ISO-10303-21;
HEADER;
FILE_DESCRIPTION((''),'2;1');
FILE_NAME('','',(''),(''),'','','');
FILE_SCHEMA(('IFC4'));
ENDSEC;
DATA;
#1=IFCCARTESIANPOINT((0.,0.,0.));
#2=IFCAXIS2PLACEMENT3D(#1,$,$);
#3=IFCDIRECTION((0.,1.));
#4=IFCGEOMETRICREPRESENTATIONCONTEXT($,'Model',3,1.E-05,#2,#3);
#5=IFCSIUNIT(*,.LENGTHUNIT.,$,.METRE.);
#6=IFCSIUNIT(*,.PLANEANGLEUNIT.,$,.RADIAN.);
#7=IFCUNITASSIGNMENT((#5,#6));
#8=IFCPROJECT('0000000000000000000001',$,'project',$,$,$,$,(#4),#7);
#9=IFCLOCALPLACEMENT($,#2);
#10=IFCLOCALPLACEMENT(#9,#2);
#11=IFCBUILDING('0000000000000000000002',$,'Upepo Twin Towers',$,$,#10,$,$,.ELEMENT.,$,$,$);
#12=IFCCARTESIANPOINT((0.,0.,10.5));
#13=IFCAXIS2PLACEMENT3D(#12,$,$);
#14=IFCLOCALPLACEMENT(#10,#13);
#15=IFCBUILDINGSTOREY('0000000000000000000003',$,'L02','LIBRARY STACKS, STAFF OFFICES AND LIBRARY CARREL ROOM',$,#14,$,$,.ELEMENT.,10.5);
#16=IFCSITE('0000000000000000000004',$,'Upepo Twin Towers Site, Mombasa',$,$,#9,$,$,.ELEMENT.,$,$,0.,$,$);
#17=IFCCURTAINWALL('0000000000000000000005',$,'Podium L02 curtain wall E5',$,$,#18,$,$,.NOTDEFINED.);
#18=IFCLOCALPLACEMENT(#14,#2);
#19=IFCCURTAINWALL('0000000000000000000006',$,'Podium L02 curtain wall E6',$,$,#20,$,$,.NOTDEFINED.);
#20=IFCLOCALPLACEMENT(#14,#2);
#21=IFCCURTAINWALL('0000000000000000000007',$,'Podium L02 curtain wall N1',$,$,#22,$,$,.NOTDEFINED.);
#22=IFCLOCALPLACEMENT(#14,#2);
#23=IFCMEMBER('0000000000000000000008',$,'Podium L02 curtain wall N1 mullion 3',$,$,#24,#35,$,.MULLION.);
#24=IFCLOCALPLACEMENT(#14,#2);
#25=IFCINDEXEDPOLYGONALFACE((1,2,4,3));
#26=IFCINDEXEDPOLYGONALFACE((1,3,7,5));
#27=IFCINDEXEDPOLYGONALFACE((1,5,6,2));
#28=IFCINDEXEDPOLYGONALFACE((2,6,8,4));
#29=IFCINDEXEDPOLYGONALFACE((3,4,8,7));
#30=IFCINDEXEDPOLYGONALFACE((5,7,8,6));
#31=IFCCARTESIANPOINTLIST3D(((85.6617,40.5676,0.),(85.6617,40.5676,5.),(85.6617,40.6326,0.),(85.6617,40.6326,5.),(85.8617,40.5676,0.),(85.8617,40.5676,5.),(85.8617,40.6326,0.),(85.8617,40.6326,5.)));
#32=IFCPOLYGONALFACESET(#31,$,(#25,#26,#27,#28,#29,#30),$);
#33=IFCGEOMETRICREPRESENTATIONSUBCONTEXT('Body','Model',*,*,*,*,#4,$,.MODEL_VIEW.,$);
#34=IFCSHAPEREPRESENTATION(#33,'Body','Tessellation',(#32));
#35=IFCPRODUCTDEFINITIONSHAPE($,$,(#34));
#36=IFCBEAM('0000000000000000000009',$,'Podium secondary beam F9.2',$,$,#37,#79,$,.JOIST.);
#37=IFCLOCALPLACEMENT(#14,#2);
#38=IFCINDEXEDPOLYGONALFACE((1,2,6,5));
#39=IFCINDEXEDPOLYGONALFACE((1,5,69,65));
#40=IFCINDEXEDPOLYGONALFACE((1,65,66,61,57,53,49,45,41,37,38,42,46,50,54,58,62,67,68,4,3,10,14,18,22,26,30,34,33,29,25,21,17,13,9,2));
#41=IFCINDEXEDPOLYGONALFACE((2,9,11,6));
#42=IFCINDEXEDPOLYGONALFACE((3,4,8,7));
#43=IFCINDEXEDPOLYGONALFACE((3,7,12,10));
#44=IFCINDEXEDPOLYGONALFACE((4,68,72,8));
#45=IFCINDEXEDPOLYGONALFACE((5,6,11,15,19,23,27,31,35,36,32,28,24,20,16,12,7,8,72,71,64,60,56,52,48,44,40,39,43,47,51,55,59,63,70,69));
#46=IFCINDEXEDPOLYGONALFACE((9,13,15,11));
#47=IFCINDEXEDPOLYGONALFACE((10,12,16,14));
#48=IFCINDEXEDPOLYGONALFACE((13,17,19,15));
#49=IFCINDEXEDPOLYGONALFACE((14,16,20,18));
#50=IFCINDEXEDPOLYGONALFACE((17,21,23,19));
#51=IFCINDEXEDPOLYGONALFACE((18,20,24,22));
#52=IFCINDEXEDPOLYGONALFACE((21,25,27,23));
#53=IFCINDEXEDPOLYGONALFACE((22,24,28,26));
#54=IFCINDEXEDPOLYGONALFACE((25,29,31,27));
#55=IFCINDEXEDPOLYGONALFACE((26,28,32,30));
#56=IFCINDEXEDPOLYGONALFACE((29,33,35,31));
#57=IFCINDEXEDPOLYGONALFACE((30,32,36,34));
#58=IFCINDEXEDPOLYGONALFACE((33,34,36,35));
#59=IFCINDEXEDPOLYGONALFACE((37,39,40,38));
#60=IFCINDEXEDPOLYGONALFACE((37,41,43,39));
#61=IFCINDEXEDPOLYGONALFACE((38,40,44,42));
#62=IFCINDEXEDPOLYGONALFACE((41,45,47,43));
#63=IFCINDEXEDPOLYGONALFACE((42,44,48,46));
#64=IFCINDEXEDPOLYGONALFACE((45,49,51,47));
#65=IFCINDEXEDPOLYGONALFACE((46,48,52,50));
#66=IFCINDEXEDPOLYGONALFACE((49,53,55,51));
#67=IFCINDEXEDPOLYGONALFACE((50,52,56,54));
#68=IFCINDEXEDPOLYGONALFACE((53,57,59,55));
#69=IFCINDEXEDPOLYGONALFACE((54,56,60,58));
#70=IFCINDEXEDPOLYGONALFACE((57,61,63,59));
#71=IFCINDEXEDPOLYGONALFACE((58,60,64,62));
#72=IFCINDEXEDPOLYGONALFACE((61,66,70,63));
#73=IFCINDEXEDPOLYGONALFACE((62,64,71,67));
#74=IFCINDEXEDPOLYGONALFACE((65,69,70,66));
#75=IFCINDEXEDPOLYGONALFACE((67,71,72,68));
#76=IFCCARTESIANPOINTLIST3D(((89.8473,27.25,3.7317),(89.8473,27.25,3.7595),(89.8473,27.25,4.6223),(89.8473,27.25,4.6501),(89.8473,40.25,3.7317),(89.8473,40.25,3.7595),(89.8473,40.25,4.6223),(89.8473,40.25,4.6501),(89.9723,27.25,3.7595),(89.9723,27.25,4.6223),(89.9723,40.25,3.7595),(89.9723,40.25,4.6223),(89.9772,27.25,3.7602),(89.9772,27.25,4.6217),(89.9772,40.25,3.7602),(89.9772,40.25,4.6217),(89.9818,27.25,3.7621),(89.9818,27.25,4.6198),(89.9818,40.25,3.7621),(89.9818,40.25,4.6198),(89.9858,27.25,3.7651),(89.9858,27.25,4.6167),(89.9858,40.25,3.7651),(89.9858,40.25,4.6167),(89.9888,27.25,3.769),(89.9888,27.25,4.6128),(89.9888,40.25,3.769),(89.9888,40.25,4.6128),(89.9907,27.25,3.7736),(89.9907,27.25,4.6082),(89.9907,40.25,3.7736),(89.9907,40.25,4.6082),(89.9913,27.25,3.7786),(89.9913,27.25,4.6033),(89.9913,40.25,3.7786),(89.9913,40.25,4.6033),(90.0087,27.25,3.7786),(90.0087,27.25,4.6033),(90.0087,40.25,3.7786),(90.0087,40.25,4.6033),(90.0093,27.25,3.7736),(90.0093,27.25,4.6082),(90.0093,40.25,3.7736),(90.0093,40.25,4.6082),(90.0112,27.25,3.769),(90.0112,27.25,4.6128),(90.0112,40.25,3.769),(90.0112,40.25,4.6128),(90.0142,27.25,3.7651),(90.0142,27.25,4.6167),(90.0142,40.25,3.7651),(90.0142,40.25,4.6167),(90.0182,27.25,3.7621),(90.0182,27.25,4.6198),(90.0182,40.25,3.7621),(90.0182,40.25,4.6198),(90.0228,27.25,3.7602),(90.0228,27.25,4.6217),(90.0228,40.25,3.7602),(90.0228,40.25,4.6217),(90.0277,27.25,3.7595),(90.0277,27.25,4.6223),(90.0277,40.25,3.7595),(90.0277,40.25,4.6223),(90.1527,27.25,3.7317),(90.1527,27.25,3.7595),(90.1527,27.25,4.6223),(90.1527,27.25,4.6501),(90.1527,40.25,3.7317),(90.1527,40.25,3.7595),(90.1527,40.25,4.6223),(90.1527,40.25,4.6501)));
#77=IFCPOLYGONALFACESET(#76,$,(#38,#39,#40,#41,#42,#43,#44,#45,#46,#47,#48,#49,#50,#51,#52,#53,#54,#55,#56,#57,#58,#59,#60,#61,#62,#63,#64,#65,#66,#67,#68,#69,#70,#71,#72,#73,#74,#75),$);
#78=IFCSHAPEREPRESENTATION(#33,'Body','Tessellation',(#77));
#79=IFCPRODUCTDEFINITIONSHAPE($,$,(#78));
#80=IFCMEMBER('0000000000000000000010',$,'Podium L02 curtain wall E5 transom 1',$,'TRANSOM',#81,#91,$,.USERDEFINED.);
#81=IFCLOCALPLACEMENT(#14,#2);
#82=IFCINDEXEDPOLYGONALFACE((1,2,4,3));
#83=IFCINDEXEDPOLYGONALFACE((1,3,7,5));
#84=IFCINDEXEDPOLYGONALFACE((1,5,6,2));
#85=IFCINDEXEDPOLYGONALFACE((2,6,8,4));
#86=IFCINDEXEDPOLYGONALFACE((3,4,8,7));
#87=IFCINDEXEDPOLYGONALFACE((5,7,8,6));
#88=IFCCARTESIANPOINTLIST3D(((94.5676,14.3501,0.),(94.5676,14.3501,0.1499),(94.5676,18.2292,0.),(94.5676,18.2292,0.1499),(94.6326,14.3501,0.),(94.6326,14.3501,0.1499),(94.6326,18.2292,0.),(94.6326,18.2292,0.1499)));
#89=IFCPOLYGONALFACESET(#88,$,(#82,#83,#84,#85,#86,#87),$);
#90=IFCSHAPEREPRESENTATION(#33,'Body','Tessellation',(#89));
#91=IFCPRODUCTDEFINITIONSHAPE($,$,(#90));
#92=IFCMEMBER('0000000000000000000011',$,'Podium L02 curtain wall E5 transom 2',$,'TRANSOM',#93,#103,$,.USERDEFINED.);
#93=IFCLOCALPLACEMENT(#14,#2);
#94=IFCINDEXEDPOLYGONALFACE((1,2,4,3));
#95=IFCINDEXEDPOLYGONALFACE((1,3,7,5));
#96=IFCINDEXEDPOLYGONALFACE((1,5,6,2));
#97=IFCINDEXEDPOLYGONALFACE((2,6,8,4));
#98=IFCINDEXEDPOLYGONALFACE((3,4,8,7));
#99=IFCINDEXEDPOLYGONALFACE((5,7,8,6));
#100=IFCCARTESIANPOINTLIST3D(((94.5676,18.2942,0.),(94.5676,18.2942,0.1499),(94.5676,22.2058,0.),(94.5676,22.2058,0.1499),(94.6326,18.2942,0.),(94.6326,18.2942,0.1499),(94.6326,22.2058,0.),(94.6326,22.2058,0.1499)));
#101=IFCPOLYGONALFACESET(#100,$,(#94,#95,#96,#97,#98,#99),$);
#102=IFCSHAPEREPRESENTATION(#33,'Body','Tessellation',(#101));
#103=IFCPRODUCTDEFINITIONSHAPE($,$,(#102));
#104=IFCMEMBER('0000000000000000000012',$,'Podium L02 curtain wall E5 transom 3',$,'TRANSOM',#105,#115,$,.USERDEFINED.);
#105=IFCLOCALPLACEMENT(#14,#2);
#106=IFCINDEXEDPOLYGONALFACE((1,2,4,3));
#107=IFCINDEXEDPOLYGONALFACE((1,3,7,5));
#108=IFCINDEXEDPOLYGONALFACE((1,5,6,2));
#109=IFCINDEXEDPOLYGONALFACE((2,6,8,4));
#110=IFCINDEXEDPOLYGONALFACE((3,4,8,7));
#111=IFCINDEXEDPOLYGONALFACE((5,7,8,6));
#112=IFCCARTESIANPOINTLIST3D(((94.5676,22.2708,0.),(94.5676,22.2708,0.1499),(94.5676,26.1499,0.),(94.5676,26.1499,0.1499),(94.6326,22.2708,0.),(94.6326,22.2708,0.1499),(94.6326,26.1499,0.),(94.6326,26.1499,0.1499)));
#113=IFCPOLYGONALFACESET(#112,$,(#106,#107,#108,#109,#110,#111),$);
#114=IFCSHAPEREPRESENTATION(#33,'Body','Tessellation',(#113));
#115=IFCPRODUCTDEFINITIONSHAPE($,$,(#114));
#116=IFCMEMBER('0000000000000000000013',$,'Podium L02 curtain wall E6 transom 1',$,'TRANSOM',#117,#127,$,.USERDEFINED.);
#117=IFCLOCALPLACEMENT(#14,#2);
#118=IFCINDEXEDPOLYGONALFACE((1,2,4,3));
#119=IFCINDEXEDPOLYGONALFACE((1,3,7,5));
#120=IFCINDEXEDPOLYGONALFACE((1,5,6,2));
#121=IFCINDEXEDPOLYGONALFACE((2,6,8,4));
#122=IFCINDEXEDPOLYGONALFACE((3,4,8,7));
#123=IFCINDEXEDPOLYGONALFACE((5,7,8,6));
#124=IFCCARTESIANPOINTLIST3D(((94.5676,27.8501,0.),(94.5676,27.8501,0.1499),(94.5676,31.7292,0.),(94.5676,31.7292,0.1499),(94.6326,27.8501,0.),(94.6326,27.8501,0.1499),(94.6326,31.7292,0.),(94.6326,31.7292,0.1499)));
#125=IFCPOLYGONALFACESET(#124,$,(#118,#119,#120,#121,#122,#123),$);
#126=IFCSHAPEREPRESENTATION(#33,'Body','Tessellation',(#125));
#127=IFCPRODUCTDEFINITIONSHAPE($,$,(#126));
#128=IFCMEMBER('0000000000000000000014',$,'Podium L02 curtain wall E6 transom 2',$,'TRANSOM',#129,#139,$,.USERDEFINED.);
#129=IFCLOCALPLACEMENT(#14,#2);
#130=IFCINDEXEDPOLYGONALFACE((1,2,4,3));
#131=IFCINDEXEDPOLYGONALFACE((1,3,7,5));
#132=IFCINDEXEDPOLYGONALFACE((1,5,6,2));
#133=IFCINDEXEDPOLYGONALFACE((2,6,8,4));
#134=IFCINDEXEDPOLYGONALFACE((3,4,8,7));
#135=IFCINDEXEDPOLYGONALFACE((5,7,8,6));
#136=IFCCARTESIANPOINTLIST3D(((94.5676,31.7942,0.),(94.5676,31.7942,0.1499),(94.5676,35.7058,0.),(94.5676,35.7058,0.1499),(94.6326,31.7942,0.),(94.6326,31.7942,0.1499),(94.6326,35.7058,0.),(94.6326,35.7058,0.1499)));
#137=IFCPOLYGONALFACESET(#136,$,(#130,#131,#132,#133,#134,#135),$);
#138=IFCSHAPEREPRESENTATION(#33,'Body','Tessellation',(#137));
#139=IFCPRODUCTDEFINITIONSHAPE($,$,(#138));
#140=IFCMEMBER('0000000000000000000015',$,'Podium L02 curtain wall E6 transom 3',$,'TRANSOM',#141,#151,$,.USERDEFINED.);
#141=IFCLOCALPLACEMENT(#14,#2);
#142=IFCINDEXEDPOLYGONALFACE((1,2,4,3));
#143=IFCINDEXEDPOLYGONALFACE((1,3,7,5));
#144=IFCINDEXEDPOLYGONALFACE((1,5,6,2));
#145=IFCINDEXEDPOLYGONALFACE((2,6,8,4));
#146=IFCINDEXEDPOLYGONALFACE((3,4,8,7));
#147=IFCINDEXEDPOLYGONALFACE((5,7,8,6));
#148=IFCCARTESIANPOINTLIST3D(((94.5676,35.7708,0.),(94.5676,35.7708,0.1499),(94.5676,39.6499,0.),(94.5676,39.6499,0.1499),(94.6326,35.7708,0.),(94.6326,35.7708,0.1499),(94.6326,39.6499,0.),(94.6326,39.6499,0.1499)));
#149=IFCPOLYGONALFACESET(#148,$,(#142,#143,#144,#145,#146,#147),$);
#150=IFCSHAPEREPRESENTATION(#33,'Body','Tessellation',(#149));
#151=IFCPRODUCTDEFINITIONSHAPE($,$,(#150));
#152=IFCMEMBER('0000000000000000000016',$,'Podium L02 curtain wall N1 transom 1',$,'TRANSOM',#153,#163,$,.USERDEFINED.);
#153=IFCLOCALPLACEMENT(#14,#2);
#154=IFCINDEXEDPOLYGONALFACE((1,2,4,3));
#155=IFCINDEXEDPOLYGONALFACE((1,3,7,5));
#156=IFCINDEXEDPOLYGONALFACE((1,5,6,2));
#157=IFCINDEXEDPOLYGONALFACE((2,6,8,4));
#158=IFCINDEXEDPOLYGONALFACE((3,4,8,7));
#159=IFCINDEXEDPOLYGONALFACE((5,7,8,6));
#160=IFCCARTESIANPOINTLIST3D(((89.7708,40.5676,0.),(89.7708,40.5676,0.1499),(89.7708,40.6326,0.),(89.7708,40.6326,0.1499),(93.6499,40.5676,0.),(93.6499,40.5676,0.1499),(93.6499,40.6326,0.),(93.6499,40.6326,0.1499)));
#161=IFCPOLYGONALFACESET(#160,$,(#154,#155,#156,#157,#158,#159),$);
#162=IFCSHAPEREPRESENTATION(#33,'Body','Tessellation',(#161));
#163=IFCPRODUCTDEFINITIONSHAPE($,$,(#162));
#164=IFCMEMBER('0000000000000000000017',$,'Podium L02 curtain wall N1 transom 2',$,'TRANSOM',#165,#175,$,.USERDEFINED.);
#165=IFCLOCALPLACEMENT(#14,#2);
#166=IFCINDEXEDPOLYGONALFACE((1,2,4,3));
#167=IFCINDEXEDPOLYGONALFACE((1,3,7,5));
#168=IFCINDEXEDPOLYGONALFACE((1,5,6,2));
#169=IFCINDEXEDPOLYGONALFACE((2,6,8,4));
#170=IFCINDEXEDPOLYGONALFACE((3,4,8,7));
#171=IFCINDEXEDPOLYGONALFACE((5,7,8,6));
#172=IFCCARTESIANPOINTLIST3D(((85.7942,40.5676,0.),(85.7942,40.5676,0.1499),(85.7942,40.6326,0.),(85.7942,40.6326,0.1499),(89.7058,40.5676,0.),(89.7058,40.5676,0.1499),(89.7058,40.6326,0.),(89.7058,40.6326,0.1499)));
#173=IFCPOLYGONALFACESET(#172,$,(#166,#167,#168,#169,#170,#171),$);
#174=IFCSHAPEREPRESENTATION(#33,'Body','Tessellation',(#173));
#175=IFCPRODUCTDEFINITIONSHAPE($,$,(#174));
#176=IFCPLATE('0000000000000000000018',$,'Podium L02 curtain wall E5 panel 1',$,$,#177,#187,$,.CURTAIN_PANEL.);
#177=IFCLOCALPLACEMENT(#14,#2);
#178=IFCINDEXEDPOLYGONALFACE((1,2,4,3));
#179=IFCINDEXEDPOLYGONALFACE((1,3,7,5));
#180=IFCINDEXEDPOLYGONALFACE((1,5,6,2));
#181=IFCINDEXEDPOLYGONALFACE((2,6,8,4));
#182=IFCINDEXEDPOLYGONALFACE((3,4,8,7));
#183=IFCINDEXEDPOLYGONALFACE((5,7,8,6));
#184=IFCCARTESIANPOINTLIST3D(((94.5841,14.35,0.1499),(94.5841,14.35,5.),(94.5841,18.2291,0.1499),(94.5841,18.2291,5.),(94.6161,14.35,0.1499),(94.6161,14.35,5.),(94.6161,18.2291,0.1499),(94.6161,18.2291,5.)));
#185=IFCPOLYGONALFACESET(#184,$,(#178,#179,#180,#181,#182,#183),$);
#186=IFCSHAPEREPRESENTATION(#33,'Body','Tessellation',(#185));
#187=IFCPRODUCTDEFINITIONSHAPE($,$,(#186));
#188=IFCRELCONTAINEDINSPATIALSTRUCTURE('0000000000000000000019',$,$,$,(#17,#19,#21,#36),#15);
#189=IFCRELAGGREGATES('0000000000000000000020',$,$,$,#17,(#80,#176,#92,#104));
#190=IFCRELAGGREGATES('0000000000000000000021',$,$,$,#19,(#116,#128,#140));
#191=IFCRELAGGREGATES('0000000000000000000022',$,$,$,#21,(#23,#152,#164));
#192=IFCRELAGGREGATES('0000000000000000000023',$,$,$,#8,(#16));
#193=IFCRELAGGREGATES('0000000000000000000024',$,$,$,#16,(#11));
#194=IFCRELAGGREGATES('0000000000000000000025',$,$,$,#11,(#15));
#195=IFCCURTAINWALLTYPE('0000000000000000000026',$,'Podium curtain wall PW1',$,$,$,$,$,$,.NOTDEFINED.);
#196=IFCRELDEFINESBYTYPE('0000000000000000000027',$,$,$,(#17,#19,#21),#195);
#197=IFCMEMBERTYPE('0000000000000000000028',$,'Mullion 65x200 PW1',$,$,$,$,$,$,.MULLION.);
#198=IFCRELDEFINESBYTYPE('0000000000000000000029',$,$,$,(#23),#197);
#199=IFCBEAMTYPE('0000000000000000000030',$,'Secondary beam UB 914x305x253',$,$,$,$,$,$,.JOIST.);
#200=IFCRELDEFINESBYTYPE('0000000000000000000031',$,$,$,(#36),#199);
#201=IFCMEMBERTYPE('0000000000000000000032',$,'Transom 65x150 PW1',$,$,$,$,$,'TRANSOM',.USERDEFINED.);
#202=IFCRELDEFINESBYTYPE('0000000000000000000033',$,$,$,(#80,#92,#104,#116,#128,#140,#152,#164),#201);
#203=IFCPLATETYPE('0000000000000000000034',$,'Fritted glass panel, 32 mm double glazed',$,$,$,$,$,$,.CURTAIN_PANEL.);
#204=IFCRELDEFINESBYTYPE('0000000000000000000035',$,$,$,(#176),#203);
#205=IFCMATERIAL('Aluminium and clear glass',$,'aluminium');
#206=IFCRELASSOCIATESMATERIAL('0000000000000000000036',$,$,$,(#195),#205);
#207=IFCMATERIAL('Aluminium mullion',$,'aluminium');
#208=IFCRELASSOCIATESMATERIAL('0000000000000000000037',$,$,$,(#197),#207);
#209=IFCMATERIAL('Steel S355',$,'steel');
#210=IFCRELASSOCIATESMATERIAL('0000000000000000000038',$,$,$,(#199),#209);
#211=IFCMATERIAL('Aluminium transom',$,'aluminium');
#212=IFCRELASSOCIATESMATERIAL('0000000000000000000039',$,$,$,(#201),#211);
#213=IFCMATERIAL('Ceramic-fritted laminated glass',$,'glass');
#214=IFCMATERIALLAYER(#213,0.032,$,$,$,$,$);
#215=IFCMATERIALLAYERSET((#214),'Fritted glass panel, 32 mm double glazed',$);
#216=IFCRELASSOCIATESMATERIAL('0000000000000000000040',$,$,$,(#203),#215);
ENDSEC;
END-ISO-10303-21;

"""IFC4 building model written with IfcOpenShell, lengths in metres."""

from ifc_helpers import new_model, si_unit, direction, frame, origin, origin_2d, place, context, subcontext, project, spatial, rectangle, i_section, extrude, material, layer, layer_set, material_profile, profile_set, type_object, element, aggregate, save


model = new_model("IFC4")

# Units and contexts
model_context = context("Model", 3, precision=1e-05, world=origin(), true_north=direction((0.0, 1.0)))
body_context = subcontext(model_context, "Body", "Model", "MODEL_VIEW")
ifc_project = project(units=[si_unit("LENGTHUNIT", "METRE"), si_unit("PLANEANGLEUNIT", "RADIAN")], contexts=[model_context])

# Site, building, storey
site_placement = place(None, origin())
site = spatial("IfcSite", under=ifc_project, at=site_placement, Name="Upepo Twin Towers Site, Mombasa", CompositionType="ELEMENT", RefElevation=0.0)
building_placement = place(site_placement, origin())
building = spatial("IfcBuilding", under=site, at=building_placement, Name="Upepo Twin Towers", CompositionType="ELEMENT")
storey_placement = place(building_placement, frame((0.0, 0.0, 10.5)))
storey = spatial("IfcBuildingStorey", under=building, at=storey_placement, Name="L02", Description="LIBRARY STACKS, STAFF OFFICES AND LIBRARY CARREL ROOM", CompositionType="ELEMENT", Elevation=10.5)

# Curtain walls, member
ifc_material_1 = material(Name="Aluminium and clear glass", Category="aluminium")
curtain_wall_type = type_object("IfcCurtainWallType", Name="Podium curtain wall PW1", PredefinedType="NOTDEFINED", material=ifc_material_1)
curtain_wall_1_placement = place(storey_placement, origin())
curtain_wall_1 = element("IfcCurtainWall", 1, at=curtain_wall_1_placement, inside=storey, type_object=curtain_wall_type, Name="Podium L02 curtain wall E5", PredefinedType="NOTDEFINED")
ifc_material_2 = material(Name="Aluminium mullion", Category="aluminium")
ifc_material_profile_1 = material_profile(ifc_material_2, rectangle(XDim=0.0649, YDim=0.2, at=origin_2d()), Name="MULLION 65x200 PODIUM")
ifc_profile_set_1 = profile_set([ifc_material_profile_1], Name="Aluminium mullion")
member_type_1 = type_object("IfcMemberType", Name="Mullion 65x200 PW1", PredefinedType="MULLION", material=ifc_profile_set_1)
curtain_wall_2_placement = place(storey_placement, origin())
curtain_wall_2 = element("IfcCurtainWall", 2, at=curtain_wall_2_placement, inside=storey, type_object=curtain_wall_type, Name="Podium L02 curtain wall E6", PredefinedType="NOTDEFINED")
curtain_wall_3_placement = place(storey_placement, origin())
curtain_wall_3 = element("IfcCurtainWall", 3, at=curtain_wall_3_placement, inside=storey, type_object=curtain_wall_type, Name="Podium L02 curtain wall N1", PredefinedType="NOTDEFINED")
member_1_placement = place(storey_placement, frame((85.7617, 40.6001, 0.0), z_axis=(0.0, 0.0, 1.0), x_axis=(0.0, -1.0, 0.0)))
member_1 = element("IfcMember", 4, at=member_1_placement, type_object=member_type_1, Name="Podium L02 curtain wall N1 mullion 3", PredefinedType="MULLION", context=body_context, shape_type="SweptSolid", body=[
    extrude(rectangle(XDim=0.0649, YDim=0.2, at=origin_2d()), origin(), (0.0, 0.0, 1.0), 5.0),
])

# Beam
ifc_material_3 = material(Name="Steel S355", Category="steel")
ifc_material_profile_2 = material_profile(ifc_material_3, i_section(OverallWidth=0.3054, OverallDepth=0.9185, WebThickness=0.0173, FlangeThickness=0.0278, FilletRadius=0.019, at=origin_2d()), Name="UB 914x305x253")
ifc_profile_set_2 = profile_set([ifc_material_profile_2], Name="Steel S355")
beam_type_1 = type_object("IfcBeamType", Name="Secondary beam UB 914x305x253", PredefinedType="JOIST", material=ifc_profile_set_2)
beam_1_placement = place(storey_placement, frame((90.0, 27.25, 4.1909), z_axis=(0.0, 1.0, 0.0), x_axis=(-1.0, 0.0, 0.0)))
element("IfcBeam", 5, at=beam_1_placement, inside=storey, type_object=beam_type_1, Name="Podium secondary beam F9.2", PredefinedType="JOIST", context=body_context, shape_type="SweptSolid", body=[
    extrude(i_section(OverallWidth=0.3054, OverallDepth=0.9185, WebThickness=0.0173, FlangeThickness=0.0278, FilletRadius=0.019, at=origin_2d()), origin(), (0.0, 0.0, 1.0), 13.0),
])

# Members
ifc_material_4 = material(Name="Aluminium transom", Category="aluminium")
ifc_material_profile_3 = material_profile(ifc_material_4, rectangle(XDim=0.0649, YDim=0.1499, at=origin_2d()), Name="TRANSOM 65x150 PODIUM")
ifc_profile_set_3 = profile_set([ifc_material_profile_3], Name="Aluminium transom")
member_type_2 = type_object("IfcMemberType", Name="Transom 65x150 PW1", ElementType="TRANSOM", PredefinedType="USERDEFINED", material=ifc_profile_set_3)
member_2_placement = place(storey_placement, frame((94.6001, 14.3501, 0.075), z_axis=(0.0, 1.0, 0.0), x_axis=(-1.0, 0.0, 0.0)))
member_2 = element("IfcMember", 6, at=member_2_placement, type_object=member_type_2, Name="Podium L02 curtain wall E5 transom 1", ObjectType="TRANSOM", PredefinedType="USERDEFINED", context=body_context, shape_type="SweptSolid", body=[
    extrude(rectangle(XDim=0.0649, YDim=0.1499, at=origin_2d()), origin(), (0.0, 0.0, 1.0), 3.8792),
])
member_3_placement = place(storey_placement, frame((94.6001, 18.2942, 0.075), z_axis=(0.0, 1.0, 0.0), x_axis=(-1.0, 0.0, 0.0)))
member_3 = element("IfcMember", 7, at=member_3_placement, type_object=member_type_2, Name="Podium L02 curtain wall E5 transom 2", ObjectType="TRANSOM", PredefinedType="USERDEFINED", context=body_context, shape_type="SweptSolid", body=[
    extrude(rectangle(XDim=0.0649, YDim=0.1499, at=origin_2d()), origin(), (0.0, 0.0, 1.0), 3.9116),
])
member_4_placement = place(storey_placement, frame((94.6001, 22.2708, 0.075), z_axis=(0.0, 1.0, 0.0), x_axis=(-1.0, 0.0, 0.0)))
member_4 = element("IfcMember", 8, at=member_4_placement, type_object=member_type_2, Name="Podium L02 curtain wall E5 transom 3", ObjectType="TRANSOM", PredefinedType="USERDEFINED", context=body_context, shape_type="SweptSolid", body=[
    extrude(rectangle(XDim=0.0649, YDim=0.1499, at=origin_2d()), origin(), (0.0, 0.0, 1.0), 3.8792),
])
member_5_placement = place(storey_placement, frame((94.6001, 27.8501, 0.075), z_axis=(0.0, 1.0, 0.0), x_axis=(-1.0, 0.0, 0.0)))
member_5 = element("IfcMember", 9, at=member_5_placement, type_object=member_type_2, Name="Podium L02 curtain wall E6 transom 1", ObjectType="TRANSOM", PredefinedType="USERDEFINED", context=body_context, shape_type="SweptSolid", body=[
    extrude(rectangle(XDim=0.0649, YDim=0.1499, at=origin_2d()), origin(), (0.0, 0.0, 1.0), 3.8792),
])
member_6_placement = place(storey_placement, frame((94.6001, 31.7942, 0.075), z_axis=(0.0, 1.0, 0.0), x_axis=(-1.0, 0.0, 0.0)))
member_6 = element("IfcMember", 10, at=member_6_placement, type_object=member_type_2, Name="Podium L02 curtain wall E6 transom 2", ObjectType="TRANSOM", PredefinedType="USERDEFINED", context=body_context, shape_type="SweptSolid", body=[
    extrude(rectangle(XDim=0.0649, YDim=0.1499, at=origin_2d()), origin(), (0.0, 0.0, 1.0), 3.9116),
])
member_7_placement = place(storey_placement, frame((94.6001, 35.7708, 0.075), z_axis=(0.0, 1.0, 0.0), x_axis=(-1.0, 0.0, 0.0)))
member_7 = element("IfcMember", 11, at=member_7_placement, type_object=member_type_2, Name="Podium L02 curtain wall E6 transom 3", ObjectType="TRANSOM", PredefinedType="USERDEFINED", context=body_context, shape_type="SweptSolid", body=[
    extrude(rectangle(XDim=0.0649, YDim=0.1499, at=origin_2d()), origin(), (0.0, 0.0, 1.0), 3.8792),
])
member_8_placement = place(storey_placement, frame((93.6499, 40.6001, 0.075), z_axis=(-1.0, 0.0, 0.0), x_axis=(0.0, -1.0, 0.0)))
member_8 = element("IfcMember", 12, at=member_8_placement, type_object=member_type_2, Name="Podium L02 curtain wall N1 transom 1", ObjectType="TRANSOM", PredefinedType="USERDEFINED", context=body_context, shape_type="SweptSolid", body=[
    extrude(rectangle(XDim=0.0649, YDim=0.1499, at=origin_2d()), origin(), (0.0, 0.0, 1.0), 3.8792),
])
member_9_placement = place(storey_placement, frame((89.7058, 40.6001, 0.075), z_axis=(-1.0, 0.0, 0.0), x_axis=(0.0, -1.0, 0.0)))
member_9 = element("IfcMember", 13, at=member_9_placement, type_object=member_type_2, Name="Podium L02 curtain wall N1 transom 2", ObjectType="TRANSOM", PredefinedType="USERDEFINED", context=body_context, shape_type="SweptSolid", body=[
    extrude(rectangle(XDim=0.0649, YDim=0.1499, at=origin_2d()), origin(), (0.0, 0.0, 1.0), 3.9116),
])

# Plate
ifc_material_5 = material(Name="Ceramic-fritted laminated glass", Category="glass")
ifc_layer_1 = layer(ifc_material_5, 0.032)
ifc_layer_set_1 = layer_set([ifc_layer_1], Name="Fritted glass panel, 32 mm double glazed")
plate_type_1 = type_object("IfcPlateType", Name="Fritted glass panel, 32 mm double glazed", PredefinedType="CURTAIN_PANEL", material=ifc_layer_set_1)
plate_1_placement = place(storey_placement, frame((94.6001, 16.2896, 0.1499), z_axis=(0.0, 0.0, 1.0), x_axis=(0.0, 1.0, 0.0)))
plate_1 = element("IfcPlate", 14, at=plate_1_placement, type_object=plate_type_1, Name="Podium L02 curtain wall E5 panel 1", PredefinedType="CURTAIN_PANEL", context=body_context, shape_type="SweptSolid", body=[
    extrude(rectangle(XDim=3.8792, YDim=0.032, at=origin_2d()), origin(), (0.0, 0.0, 1.0), 4.8501),
])
aggregate(curtain_wall_1, [member_2, plate_1, member_3, member_4])
aggregate(curtain_wall_2, [member_5, member_6, member_7])
aggregate(curtain_wall_3, [member_1, member_8, member_9])

save(model, "model.ifc")
